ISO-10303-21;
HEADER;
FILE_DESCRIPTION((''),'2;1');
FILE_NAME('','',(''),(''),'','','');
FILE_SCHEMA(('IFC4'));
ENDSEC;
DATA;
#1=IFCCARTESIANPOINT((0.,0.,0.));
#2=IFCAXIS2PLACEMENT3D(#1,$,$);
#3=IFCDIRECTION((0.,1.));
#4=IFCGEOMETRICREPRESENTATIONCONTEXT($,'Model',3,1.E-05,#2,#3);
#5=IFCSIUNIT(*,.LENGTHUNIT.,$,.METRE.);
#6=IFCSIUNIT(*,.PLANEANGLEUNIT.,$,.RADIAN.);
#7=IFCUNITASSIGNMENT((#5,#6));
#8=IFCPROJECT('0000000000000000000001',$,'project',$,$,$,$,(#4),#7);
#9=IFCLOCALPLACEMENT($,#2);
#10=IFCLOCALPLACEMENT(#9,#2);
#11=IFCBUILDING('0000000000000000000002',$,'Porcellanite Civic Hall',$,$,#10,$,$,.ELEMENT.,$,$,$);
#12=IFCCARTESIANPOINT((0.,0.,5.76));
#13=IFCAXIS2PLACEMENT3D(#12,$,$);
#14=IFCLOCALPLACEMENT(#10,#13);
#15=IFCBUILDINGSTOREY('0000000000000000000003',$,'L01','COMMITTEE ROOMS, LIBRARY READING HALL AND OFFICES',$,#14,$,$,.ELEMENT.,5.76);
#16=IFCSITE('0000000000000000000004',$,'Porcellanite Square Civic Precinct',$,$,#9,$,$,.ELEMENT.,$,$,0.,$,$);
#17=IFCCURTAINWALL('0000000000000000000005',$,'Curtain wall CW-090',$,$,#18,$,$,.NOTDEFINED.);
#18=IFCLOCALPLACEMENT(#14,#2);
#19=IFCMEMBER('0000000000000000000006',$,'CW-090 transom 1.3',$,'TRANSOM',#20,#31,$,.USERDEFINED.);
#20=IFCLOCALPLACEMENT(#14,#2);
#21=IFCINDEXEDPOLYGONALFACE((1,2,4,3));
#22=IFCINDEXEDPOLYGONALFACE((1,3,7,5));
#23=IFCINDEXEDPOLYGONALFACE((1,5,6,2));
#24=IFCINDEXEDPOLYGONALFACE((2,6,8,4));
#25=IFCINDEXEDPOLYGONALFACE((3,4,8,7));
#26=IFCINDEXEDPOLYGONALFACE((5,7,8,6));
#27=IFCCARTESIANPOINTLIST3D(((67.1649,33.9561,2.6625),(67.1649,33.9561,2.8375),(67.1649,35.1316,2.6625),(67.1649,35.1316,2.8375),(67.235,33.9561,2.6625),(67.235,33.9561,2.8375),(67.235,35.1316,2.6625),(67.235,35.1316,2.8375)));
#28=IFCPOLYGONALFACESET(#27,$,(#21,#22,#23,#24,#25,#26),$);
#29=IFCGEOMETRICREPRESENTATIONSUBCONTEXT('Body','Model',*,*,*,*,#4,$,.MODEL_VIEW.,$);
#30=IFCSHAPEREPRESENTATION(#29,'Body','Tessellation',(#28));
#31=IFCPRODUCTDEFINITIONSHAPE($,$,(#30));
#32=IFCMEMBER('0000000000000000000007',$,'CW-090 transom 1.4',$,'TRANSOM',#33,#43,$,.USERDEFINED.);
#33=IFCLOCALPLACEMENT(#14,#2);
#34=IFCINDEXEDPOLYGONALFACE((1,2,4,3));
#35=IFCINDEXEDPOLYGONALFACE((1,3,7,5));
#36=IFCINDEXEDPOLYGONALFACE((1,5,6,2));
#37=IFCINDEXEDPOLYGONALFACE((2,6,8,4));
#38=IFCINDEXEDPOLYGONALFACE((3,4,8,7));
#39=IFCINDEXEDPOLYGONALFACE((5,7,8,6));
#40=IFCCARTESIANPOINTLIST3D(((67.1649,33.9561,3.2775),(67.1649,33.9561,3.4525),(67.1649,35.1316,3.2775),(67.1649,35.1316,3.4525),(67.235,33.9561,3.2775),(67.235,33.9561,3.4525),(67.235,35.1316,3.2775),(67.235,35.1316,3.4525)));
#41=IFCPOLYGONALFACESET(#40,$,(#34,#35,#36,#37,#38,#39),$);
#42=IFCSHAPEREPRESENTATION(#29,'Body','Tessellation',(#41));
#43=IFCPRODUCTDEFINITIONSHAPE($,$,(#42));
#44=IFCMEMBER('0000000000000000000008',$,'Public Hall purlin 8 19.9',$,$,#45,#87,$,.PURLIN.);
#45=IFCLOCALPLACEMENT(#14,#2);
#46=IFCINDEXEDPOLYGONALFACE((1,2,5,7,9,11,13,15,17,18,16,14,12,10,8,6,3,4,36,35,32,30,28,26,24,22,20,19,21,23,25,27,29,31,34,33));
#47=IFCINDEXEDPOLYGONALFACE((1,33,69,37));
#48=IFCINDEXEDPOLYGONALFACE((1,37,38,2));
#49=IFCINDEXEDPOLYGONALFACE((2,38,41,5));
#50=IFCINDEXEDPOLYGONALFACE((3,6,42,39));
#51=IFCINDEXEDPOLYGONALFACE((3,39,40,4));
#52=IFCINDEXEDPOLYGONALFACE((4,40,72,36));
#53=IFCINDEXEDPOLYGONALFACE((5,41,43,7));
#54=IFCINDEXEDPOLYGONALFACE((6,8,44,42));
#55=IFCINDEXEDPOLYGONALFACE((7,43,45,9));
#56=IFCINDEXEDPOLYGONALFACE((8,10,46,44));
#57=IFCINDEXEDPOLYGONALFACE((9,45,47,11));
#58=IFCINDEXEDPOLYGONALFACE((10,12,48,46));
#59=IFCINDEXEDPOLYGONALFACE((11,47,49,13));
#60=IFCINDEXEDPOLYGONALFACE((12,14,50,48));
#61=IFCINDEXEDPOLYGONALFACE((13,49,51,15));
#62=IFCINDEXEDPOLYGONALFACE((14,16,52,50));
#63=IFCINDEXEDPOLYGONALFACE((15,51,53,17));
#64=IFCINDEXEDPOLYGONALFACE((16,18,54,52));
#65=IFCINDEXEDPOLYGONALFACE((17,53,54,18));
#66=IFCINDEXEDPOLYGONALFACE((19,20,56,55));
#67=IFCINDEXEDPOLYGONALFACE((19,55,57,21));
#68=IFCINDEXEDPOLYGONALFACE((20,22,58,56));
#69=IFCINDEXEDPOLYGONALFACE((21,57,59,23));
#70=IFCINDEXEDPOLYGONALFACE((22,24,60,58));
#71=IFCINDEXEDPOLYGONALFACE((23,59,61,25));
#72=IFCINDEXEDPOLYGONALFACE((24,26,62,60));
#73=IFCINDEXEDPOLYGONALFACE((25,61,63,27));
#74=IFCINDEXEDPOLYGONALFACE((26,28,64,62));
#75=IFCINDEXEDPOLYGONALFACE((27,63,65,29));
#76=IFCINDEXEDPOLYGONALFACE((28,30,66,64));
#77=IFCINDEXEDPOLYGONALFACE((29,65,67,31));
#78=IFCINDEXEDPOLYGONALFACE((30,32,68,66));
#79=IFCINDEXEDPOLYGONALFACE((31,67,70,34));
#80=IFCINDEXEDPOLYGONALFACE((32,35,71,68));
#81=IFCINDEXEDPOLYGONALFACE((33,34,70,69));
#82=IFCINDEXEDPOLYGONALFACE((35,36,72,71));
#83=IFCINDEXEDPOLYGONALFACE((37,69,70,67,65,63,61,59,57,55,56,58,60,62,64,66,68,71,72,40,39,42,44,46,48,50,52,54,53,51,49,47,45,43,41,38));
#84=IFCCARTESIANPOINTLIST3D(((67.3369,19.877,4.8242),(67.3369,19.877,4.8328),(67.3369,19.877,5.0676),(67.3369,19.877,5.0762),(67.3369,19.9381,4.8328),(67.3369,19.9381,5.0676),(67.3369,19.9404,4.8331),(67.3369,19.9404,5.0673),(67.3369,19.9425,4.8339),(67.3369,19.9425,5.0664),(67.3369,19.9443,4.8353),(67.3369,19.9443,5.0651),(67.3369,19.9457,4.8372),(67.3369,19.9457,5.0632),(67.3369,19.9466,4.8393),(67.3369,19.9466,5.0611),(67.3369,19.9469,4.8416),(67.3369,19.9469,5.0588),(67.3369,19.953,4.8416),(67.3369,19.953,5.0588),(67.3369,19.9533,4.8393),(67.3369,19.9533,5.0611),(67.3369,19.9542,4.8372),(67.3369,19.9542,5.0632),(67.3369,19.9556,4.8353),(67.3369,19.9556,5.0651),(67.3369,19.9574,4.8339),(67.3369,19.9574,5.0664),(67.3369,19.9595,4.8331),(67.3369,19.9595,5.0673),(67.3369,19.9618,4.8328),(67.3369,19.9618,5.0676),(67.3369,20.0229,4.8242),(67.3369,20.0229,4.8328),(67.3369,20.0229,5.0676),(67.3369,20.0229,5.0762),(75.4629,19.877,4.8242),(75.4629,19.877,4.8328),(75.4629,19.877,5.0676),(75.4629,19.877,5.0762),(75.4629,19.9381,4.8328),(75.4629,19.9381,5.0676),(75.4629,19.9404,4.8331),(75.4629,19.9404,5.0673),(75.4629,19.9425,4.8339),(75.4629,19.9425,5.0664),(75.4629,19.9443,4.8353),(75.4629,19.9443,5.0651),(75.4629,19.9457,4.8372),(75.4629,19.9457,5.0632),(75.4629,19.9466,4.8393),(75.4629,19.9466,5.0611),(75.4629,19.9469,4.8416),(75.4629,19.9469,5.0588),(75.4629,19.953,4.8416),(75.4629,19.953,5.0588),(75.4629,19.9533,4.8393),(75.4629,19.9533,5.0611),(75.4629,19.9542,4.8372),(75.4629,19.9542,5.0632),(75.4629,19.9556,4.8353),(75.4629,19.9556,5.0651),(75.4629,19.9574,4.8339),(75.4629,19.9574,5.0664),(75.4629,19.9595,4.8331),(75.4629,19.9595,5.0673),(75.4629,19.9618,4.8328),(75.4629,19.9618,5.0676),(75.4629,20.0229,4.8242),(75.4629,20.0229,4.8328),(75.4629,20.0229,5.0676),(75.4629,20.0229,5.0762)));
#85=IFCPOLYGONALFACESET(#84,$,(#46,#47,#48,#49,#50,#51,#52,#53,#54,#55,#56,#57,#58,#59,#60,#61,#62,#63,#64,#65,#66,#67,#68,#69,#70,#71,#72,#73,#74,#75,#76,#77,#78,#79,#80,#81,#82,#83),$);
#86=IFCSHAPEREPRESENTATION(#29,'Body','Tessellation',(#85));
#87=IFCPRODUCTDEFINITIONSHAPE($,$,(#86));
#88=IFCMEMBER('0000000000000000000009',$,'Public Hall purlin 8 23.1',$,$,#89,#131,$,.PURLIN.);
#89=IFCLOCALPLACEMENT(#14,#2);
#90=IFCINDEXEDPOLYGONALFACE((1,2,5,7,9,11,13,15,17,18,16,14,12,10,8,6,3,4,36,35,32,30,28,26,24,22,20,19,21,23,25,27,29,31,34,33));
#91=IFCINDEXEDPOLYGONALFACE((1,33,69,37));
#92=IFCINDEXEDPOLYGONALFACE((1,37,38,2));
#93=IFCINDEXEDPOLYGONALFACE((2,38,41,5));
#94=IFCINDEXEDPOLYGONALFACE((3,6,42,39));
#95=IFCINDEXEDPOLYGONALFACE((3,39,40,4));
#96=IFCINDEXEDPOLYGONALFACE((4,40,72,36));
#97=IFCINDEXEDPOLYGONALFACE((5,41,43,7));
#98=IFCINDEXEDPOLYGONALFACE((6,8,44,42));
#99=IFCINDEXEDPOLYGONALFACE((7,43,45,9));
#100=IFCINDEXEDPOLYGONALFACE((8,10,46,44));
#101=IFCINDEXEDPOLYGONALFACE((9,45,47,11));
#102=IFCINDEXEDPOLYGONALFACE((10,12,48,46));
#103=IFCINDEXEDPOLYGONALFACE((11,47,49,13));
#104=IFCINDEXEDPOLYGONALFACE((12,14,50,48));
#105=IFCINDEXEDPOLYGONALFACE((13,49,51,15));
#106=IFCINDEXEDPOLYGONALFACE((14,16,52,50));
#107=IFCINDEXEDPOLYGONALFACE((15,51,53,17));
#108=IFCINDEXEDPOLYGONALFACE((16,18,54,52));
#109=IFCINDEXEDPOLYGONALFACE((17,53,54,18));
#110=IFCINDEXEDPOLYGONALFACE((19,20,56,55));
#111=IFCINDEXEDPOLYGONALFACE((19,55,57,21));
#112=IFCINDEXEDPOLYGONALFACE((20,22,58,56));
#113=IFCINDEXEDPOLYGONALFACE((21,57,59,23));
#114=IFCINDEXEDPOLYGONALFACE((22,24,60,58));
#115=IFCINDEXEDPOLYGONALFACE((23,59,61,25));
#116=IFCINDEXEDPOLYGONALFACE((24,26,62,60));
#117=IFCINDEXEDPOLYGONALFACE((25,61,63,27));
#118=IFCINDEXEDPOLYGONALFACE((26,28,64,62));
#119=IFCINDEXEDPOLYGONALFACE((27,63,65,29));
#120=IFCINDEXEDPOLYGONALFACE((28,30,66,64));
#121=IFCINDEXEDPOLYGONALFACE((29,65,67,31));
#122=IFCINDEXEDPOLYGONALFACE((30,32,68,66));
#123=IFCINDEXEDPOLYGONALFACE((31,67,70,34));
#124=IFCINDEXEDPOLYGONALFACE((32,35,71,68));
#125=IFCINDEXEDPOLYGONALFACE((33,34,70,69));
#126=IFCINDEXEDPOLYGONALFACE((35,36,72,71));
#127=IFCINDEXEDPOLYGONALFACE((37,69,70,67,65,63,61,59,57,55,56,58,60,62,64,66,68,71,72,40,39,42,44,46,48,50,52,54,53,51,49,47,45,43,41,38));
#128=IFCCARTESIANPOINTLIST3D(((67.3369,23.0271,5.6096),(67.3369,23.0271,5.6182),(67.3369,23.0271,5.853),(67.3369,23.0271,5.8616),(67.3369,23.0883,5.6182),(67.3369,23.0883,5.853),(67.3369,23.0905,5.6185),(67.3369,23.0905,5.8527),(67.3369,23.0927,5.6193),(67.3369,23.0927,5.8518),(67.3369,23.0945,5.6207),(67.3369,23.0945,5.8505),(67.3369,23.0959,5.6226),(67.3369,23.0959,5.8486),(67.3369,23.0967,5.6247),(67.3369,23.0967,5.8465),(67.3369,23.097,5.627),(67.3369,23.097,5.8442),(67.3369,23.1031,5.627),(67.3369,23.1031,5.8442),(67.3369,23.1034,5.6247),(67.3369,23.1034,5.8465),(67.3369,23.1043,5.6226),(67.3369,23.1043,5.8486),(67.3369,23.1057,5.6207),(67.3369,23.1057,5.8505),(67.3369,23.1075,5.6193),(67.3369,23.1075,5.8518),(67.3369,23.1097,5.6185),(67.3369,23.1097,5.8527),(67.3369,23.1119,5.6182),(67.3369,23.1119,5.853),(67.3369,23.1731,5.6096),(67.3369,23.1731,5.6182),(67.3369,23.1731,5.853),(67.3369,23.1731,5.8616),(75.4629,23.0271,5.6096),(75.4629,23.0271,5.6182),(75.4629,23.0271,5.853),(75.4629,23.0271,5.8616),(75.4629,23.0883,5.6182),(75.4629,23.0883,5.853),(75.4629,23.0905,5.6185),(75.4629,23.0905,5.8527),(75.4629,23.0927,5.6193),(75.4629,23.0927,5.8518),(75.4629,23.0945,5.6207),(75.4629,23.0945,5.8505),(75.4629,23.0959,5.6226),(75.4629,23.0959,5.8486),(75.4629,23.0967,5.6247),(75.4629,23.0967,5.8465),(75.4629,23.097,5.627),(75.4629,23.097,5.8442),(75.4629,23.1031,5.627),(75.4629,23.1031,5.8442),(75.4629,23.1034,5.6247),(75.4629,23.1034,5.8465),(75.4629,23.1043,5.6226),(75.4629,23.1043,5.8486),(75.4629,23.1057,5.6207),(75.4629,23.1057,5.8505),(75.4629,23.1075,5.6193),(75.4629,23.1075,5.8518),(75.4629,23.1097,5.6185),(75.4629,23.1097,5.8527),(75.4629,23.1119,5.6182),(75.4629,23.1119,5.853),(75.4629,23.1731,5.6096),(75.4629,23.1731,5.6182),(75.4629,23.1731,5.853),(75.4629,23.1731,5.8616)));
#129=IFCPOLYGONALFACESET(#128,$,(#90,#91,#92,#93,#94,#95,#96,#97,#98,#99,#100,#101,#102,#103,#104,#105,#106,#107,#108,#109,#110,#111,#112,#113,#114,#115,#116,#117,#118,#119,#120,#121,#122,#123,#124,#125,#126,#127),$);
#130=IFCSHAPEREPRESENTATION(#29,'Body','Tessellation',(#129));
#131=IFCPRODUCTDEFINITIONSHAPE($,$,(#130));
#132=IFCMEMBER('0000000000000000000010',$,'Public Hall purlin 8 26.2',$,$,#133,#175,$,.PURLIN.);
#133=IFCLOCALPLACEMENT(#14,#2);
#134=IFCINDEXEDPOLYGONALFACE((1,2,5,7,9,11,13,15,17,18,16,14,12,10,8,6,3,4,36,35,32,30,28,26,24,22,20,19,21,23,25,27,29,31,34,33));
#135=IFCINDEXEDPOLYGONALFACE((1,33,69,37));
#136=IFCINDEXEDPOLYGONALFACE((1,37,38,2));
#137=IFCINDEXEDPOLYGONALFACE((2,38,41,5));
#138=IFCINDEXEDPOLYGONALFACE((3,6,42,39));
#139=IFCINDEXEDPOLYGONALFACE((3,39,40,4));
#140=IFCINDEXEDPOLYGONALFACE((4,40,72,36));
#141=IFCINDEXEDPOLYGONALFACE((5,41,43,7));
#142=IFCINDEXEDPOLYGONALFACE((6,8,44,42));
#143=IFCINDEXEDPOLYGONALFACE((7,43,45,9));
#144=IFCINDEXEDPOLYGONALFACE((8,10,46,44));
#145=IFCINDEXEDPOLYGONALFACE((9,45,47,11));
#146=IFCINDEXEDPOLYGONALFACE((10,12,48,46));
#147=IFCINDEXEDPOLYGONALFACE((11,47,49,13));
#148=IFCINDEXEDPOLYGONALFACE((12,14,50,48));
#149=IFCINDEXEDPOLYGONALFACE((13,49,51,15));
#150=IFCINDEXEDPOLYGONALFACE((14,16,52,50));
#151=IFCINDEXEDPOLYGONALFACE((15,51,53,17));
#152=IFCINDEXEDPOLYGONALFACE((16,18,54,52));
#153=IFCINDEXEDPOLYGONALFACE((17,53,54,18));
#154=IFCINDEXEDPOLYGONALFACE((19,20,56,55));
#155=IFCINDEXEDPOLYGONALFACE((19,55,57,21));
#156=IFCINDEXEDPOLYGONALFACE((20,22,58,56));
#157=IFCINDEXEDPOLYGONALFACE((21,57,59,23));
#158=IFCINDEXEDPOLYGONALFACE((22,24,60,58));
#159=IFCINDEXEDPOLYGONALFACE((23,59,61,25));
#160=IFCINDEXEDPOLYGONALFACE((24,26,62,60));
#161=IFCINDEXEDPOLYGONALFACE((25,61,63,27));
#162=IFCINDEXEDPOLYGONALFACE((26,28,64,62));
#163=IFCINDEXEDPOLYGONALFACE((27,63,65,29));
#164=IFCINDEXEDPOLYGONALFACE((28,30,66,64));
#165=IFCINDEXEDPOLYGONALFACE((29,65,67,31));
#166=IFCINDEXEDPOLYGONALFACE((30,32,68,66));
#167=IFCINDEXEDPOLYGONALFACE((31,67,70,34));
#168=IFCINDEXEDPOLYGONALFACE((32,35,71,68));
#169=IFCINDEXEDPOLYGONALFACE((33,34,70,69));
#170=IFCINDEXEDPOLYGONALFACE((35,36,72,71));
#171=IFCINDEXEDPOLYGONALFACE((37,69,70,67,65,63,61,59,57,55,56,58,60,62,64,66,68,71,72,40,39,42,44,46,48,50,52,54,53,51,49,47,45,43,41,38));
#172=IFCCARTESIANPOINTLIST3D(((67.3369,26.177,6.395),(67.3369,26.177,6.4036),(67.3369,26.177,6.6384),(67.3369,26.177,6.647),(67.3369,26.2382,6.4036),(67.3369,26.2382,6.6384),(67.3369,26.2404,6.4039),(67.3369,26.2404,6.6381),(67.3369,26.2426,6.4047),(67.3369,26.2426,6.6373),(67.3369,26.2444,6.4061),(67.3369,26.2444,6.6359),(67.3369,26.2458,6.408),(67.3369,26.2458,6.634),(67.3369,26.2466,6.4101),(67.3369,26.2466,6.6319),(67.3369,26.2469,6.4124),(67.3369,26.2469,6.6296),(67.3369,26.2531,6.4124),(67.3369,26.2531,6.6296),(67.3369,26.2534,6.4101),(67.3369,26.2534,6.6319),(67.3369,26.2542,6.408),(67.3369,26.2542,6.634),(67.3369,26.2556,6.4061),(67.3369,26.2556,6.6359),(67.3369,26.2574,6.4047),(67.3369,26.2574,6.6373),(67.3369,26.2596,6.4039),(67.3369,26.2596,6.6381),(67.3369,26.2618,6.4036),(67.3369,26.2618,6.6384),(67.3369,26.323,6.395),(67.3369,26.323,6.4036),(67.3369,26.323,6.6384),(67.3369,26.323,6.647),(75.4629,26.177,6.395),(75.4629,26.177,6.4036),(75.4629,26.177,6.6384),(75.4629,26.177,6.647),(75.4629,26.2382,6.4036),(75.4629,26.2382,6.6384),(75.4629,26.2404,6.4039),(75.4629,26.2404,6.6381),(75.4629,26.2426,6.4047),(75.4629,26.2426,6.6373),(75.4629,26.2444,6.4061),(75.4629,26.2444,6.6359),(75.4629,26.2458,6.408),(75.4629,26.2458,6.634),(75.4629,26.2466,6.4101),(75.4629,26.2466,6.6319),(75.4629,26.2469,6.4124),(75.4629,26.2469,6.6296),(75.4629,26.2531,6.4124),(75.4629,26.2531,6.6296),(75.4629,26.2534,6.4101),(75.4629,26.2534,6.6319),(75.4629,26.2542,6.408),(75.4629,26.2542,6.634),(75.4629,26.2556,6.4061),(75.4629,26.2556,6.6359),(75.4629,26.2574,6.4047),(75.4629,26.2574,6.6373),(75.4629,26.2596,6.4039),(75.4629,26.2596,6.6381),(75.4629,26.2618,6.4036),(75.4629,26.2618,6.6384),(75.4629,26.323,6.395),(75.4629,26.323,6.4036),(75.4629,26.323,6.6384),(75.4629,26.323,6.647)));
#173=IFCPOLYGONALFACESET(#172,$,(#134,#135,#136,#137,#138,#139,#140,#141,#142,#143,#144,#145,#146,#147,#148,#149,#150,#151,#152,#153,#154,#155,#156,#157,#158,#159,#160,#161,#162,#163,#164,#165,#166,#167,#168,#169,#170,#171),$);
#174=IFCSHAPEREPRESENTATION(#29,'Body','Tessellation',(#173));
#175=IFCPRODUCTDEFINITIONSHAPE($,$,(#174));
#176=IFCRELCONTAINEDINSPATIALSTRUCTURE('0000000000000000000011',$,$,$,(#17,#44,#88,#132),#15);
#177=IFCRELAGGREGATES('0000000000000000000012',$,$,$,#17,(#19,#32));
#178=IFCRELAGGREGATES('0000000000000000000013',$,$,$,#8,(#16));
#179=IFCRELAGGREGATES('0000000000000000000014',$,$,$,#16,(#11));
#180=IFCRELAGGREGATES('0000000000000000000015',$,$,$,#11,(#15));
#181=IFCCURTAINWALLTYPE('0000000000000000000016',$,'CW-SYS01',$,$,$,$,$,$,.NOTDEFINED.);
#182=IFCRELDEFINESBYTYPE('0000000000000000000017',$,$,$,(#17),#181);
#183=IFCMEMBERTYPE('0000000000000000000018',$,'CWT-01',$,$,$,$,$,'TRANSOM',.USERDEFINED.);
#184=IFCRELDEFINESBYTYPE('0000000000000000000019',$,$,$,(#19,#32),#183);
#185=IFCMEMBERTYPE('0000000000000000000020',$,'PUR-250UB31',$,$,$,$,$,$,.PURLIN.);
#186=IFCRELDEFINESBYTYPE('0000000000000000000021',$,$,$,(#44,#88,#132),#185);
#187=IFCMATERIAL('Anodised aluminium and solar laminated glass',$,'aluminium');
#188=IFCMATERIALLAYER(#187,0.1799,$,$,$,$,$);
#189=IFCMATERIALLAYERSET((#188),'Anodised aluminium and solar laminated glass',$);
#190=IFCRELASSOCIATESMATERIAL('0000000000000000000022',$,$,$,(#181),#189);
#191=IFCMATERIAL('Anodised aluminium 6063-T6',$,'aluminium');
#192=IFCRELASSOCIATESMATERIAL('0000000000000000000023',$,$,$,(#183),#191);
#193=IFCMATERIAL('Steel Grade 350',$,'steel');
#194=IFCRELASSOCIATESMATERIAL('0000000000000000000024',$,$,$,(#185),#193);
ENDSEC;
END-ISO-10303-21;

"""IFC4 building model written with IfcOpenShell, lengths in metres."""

from ifc_helpers import new_model, si_unit, direction, frame, origin, origin_2d, place, context, subcontext, project, spatial, rectangle, i_section, extrude, material, layer, layer_set, material_profile, profile_set, type_object, element, aggregate, save


model = new_model("IFC4")

# Units and contexts
model_context = context("Model", 3, precision=1e-05, world=origin(), true_north=direction((0.0, 1.0)))
body_context = subcontext(model_context, "Body", "Model", "MODEL_VIEW")
ifc_project = project(units=[si_unit("LENGTHUNIT", "METRE"), si_unit("PLANEANGLEUNIT", "RADIAN")], contexts=[model_context])

# Site, building, storey
site_placement = place(None, origin())
site = spatial("IfcSite", under=ifc_project, at=site_placement, Name="Porcellanite Square Civic Precinct", CompositionType="ELEMENT", RefElevation=0.0)
building_placement = place(site_placement, origin())
building = spatial("IfcBuilding", under=site, at=building_placement, Name="Porcellanite Civic Hall", CompositionType="ELEMENT")
storey_placement = place(building_placement, frame((0.0, 0.0, 5.76)))
storey = spatial("IfcBuildingStorey", under=building, at=storey_placement, Name="L01", Description="COMMITTEE ROOMS, LIBRARY READING HALL AND OFFICES", CompositionType="ELEMENT", Elevation=5.76)

# Curtain wall, members
ifc_material_1 = material(Name="Anodised aluminium and solar laminated glass", Category="aluminium")
ifc_layer_1 = layer(ifc_material_1, 0.1799)
ifc_layer_set_1 = layer_set([ifc_layer_1], Name="Anodised aluminium and solar laminated glass")
curtain_wall_type = type_object("IfcCurtainWallType", Name="CW-SYS01", PredefinedType="NOTDEFINED", material=ifc_layer_set_1)
curtain_wall_placement = place(storey_placement, origin())
curtain_wall = element("IfcCurtainWall", 1, at=curtain_wall_placement, inside=storey, type_object=curtain_wall_type, Name="Curtain wall CW-090", PredefinedType="NOTDEFINED")
ifc_material_2 = material(Name="Anodised aluminium 6063-T6", Category="aluminium")
ifc_material_profile_1 = material_profile(ifc_material_2, rectangle(XDim=0.0701, YDim=0.175, at=origin_2d()), Name="AL-70x175")
ifc_profile_set_1 = profile_set([ifc_material_profile_1], Name="Anodised aluminium 6063-T6")
member_type_1 = type_object("IfcMemberType", Name="CWT-01", ElementType="TRANSOM", PredefinedType="USERDEFINED", material=ifc_profile_set_1)
member_1_placement = place(storey_placement, frame((67.2, 33.9561, 2.75), z_axis=(0.0, 1.0, 0.0), x_axis=(-1.0, 0.0, 0.0)))
member_1 = element("IfcMember", 2, at=member_1_placement, type_object=member_type_1, Name="CW-090 transom 1.3", ObjectType="TRANSOM", PredefinedType="USERDEFINED", context=body_context, shape_type="SweptSolid", body=[
    extrude(rectangle(XDim=0.0701, YDim=0.175, at=origin_2d()), origin(), (0.0, 0.0, 1.0), 1.1755),
])
member_2_placement = place(storey_placement, frame((67.2, 33.9561, 3.365), z_axis=(0.0, 1.0, 0.0), x_axis=(-1.0, 0.0, 0.0)))
member_2 = element("IfcMember", 3, at=member_2_placement, type_object=member_type_1, Name="CW-090 transom 1.4", ObjectType="TRANSOM", PredefinedType="USERDEFINED", context=body_context, shape_type="SweptSolid", body=[
    extrude(rectangle(XDim=0.0701, YDim=0.175, at=origin_2d()), origin(), (0.0, 0.0, 1.0), 1.1755),
])
aggregate(curtain_wall, [member_1, member_2])

# Members
ifc_material_3 = material(Name="Steel Grade 350", Category="steel")
ifc_material_profile_2 = material_profile(ifc_material_3, i_section(OverallWidth=0.146, OverallDepth=0.252, WebThickness=0.0061, FlangeThickness=0.0085, FilletRadius=0.0088, at=origin_2d()), Name="250UB31.4")
ifc_profile_set_2 = profile_set([ifc_material_profile_2], Name="Steel Grade 350")
member_type_2 = type_object("IfcMemberType", Name="PUR-250UB31", PredefinedType="PURLIN", material=ifc_profile_set_2)
for number, where, z_axis, x_axis, name in (
    (4, (67.3369, 19.95, 4.9502), (1.0, 0.0, 0.0), (0.0, 1.0, 0.0), "Public Hall purlin 8 19.9"),
    (5, (67.3369, 23.1001, 5.7356), (1.0, 0.0, 0.0), (0.0, 1.0, 0.0), "Public Hall purlin 8 23.1"),
    (6, (67.3369, 26.25, 6.521), (1.0, 0.0, 0.0), (0.0, 1.0, 0.0), "Public Hall purlin 8 26.2"),
):
    element("IfcMember", number, at=place(storey_placement, frame(where, z_axis=z_axis, x_axis=x_axis)), inside=storey, type_object=member_type_2, Name=name, PredefinedType="PURLIN", context=body_context, shape_type="SweptSolid", body=[
        extrude(i_section(OverallWidth=0.146, OverallDepth=0.252, WebThickness=0.0061, FlangeThickness=0.0085, FilletRadius=0.0088, at=origin_2d()), origin(), (0.0, 0.0, 1.0), 8.126),
    ])

save(model, "model.ifc")
